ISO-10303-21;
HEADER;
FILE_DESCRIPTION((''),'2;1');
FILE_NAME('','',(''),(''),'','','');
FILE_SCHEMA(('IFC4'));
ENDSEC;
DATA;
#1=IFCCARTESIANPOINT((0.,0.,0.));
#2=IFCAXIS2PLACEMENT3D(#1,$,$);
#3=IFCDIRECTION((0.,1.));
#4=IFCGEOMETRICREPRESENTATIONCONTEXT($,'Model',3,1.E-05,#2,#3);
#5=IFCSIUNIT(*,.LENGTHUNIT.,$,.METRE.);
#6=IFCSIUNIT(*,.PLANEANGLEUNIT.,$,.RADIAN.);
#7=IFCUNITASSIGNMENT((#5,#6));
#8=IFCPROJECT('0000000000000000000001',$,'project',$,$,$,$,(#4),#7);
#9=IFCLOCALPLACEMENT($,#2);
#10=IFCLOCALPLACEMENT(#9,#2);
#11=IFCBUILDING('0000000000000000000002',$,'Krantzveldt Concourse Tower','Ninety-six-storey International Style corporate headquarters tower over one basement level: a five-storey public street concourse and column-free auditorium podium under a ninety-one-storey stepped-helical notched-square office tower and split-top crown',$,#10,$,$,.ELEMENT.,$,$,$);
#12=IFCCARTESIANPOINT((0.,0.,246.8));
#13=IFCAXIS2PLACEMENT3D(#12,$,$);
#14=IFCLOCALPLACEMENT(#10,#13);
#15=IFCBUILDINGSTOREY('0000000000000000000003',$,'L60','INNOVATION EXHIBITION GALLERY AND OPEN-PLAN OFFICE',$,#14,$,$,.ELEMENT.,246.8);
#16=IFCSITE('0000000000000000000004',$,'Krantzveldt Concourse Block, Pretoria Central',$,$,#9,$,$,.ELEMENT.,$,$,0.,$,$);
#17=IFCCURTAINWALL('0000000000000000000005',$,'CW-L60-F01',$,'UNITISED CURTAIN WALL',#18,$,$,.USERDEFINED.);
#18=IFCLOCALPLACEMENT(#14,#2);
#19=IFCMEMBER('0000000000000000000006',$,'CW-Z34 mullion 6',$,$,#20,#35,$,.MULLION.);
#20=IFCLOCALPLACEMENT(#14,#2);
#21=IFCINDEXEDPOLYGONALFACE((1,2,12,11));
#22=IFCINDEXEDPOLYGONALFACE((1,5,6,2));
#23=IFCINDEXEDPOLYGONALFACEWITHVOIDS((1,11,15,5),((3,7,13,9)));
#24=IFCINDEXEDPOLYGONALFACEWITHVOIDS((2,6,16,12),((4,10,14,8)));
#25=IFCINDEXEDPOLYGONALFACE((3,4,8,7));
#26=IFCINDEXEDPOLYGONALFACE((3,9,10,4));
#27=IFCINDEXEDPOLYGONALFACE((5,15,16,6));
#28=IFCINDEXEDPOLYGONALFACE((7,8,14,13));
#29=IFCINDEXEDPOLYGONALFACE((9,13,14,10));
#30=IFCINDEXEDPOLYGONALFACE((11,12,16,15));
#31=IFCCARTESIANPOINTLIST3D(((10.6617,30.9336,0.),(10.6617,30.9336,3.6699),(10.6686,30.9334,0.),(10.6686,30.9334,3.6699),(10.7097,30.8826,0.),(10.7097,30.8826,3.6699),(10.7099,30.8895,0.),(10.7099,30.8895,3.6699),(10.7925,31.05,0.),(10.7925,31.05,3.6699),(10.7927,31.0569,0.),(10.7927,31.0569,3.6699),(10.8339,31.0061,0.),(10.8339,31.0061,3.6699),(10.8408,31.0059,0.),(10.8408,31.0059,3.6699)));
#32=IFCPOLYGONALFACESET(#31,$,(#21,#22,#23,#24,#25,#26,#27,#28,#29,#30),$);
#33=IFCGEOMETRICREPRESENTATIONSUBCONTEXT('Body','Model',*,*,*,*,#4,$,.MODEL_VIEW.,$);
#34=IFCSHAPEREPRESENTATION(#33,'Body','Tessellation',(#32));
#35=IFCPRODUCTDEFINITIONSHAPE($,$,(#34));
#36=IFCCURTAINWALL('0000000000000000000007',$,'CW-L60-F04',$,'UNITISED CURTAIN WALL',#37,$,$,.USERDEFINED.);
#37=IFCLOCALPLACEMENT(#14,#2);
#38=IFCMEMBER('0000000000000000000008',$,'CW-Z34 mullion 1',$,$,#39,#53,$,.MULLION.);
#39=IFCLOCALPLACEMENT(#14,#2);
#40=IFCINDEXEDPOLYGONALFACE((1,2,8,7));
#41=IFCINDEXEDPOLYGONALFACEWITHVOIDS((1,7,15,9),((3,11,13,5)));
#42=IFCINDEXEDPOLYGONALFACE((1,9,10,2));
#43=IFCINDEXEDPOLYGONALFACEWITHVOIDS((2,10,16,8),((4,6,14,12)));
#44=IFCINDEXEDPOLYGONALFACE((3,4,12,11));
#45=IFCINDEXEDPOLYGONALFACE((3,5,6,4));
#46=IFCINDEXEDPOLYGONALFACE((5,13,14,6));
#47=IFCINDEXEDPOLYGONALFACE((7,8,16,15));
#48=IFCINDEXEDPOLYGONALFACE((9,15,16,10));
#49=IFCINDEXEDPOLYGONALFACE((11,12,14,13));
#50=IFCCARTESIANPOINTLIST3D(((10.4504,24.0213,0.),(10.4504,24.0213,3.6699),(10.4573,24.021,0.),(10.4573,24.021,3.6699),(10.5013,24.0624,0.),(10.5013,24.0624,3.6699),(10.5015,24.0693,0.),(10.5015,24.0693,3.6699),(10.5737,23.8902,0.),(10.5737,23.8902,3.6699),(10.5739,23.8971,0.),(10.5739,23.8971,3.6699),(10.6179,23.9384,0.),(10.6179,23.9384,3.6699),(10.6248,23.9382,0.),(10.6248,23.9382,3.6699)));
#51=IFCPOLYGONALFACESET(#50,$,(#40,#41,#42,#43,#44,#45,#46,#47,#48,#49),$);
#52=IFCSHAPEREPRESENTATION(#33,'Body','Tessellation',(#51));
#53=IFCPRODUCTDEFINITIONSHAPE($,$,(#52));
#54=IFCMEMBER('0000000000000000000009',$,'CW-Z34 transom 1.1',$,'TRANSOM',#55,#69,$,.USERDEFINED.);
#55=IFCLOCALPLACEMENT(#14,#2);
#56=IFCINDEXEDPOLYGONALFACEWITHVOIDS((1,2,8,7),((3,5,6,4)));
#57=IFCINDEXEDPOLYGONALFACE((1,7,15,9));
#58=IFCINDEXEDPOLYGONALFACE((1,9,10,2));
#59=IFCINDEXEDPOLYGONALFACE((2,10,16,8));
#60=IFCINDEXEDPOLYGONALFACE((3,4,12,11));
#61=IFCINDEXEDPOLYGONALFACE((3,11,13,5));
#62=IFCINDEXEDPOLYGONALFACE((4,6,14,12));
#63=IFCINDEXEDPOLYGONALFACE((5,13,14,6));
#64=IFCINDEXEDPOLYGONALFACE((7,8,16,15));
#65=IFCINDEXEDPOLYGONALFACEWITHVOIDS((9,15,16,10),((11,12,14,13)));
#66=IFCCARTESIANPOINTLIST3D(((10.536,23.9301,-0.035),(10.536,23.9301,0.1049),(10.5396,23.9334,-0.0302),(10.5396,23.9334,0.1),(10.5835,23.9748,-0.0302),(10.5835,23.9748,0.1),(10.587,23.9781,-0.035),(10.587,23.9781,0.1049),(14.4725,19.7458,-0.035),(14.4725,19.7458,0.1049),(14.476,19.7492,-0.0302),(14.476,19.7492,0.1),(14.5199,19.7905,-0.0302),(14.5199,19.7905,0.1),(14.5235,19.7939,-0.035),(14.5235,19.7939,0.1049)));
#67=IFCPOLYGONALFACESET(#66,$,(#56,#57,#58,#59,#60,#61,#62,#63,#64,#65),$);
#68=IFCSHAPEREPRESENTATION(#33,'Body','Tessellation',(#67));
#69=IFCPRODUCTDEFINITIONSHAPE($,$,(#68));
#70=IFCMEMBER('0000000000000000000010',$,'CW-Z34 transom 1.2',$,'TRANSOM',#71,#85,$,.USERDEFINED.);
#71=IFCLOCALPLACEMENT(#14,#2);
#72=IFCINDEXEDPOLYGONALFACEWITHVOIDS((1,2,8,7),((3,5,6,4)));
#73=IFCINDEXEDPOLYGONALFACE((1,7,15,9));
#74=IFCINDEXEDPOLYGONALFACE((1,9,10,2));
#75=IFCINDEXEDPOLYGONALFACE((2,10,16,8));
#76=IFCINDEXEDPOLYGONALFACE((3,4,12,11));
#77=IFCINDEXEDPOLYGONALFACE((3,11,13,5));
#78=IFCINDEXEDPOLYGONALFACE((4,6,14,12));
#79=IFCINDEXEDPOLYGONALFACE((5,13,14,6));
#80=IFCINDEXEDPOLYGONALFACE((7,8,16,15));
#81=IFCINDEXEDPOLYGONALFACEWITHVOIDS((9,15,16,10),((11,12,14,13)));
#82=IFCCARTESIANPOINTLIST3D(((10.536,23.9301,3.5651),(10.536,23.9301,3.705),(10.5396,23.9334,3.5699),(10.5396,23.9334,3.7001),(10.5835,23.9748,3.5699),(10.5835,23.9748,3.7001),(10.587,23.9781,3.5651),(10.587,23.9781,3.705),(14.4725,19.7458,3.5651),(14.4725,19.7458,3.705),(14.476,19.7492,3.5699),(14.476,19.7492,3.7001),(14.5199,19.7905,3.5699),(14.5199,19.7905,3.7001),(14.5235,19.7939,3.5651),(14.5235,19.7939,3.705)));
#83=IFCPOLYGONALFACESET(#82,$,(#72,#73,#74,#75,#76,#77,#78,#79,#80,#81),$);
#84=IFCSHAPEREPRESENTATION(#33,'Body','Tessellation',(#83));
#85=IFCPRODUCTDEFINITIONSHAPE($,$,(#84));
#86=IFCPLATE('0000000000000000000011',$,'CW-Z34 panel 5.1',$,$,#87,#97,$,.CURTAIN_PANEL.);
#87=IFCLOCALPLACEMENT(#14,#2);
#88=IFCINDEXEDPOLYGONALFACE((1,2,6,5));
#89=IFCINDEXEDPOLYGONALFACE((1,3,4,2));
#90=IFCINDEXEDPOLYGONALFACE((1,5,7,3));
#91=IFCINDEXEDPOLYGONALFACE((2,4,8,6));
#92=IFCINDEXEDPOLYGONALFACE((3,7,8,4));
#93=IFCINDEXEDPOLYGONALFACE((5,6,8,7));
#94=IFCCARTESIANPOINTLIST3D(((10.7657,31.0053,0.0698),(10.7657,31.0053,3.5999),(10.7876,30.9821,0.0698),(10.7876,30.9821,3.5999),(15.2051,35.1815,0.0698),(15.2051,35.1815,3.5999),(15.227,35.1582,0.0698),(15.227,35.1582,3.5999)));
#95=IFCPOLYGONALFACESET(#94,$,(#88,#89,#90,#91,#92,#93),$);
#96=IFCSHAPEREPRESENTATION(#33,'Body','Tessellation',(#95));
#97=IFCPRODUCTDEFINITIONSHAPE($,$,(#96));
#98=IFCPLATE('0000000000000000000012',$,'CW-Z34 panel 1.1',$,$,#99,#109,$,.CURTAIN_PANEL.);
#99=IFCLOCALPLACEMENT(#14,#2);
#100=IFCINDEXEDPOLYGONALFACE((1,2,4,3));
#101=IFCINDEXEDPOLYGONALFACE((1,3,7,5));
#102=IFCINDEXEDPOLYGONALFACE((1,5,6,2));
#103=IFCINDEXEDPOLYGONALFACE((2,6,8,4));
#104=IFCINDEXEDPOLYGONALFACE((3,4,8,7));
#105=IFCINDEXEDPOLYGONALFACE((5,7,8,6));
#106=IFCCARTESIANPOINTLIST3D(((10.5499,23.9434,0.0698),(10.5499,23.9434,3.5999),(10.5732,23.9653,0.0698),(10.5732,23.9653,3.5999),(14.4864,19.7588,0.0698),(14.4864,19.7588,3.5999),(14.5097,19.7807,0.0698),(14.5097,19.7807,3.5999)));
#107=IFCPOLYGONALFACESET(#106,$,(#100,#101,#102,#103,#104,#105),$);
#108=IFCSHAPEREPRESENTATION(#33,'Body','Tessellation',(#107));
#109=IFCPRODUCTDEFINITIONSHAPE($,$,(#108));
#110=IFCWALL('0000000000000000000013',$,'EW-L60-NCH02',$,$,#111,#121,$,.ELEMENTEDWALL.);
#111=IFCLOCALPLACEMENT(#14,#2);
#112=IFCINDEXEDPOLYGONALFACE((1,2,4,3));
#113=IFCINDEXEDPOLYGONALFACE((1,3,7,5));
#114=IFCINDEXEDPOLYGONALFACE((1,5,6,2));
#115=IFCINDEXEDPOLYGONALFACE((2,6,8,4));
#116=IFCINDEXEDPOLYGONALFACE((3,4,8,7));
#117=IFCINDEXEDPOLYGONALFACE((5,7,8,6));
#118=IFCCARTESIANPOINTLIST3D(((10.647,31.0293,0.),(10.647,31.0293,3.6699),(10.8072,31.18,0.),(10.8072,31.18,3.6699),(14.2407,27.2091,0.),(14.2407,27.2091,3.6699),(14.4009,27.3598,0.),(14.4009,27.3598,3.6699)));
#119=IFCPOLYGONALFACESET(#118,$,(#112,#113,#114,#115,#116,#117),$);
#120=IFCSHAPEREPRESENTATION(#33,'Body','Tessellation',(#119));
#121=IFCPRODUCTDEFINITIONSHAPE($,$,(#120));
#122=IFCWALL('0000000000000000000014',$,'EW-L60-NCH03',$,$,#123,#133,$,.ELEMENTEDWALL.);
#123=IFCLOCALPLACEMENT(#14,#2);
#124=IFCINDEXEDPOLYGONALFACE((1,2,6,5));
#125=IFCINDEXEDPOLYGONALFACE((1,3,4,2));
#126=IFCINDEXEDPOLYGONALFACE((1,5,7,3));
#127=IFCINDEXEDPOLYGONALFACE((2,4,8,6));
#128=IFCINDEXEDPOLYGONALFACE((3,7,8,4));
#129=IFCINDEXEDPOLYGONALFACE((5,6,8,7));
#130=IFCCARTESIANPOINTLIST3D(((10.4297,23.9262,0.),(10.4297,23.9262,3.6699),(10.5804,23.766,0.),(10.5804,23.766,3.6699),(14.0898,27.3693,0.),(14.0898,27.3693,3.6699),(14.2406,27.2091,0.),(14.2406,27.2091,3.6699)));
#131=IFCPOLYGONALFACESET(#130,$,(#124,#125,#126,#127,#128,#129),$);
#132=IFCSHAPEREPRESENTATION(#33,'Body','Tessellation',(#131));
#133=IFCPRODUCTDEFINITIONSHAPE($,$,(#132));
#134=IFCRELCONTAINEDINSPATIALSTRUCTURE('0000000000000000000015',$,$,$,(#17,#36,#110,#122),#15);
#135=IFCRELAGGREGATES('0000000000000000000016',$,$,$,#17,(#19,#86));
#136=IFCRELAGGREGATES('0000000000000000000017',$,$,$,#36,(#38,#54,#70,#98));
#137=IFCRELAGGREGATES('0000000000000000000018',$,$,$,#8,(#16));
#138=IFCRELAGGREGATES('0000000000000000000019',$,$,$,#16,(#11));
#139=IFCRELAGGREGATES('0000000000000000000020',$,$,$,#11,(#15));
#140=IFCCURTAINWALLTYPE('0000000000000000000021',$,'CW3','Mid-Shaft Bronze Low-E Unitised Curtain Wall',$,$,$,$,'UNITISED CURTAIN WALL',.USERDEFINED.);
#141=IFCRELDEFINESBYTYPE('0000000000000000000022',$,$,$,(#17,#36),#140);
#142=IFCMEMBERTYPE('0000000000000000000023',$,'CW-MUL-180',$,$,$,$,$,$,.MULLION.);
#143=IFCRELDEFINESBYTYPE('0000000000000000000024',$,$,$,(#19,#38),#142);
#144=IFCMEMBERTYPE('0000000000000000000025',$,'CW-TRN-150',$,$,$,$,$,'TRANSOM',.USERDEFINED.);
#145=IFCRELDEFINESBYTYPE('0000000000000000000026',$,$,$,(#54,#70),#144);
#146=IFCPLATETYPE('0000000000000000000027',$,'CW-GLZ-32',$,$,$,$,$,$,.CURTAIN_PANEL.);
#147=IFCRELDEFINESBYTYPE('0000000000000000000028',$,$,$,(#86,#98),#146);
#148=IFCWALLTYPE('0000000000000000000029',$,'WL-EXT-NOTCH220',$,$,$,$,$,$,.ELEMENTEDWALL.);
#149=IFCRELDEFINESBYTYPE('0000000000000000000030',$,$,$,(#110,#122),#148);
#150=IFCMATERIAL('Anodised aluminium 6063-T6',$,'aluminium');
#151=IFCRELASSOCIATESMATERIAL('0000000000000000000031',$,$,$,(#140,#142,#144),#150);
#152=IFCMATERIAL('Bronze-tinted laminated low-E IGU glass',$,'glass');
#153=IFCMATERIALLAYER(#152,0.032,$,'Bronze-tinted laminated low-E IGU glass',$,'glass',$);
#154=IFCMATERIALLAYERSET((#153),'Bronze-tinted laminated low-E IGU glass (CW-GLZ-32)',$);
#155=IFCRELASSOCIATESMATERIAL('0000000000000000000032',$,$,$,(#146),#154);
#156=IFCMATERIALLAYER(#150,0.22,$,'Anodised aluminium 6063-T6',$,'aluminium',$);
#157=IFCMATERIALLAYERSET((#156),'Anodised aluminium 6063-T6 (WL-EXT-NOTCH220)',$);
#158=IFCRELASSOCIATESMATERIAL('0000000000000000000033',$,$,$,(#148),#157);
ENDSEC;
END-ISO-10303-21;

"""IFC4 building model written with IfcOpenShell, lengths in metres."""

from ifc_helpers import new_model, si_unit, direction, frame, frame_2d, origin, origin_2d, place, context, subcontext, project, spatial, rectangle, hollow_rectangle, extrude, source, transform, mapped, material, layer, layer_set, material_profile, profile_set, type_object, type_shapes, element, aggregate, save


model = new_model("IFC4")

# Units and contexts
model_context = context("Model", 3, precision=1e-05, world=origin(), true_north=direction((0.0, 1.0)))
body_context = subcontext(model_context, "Body", "Model", "MODEL_VIEW")
ifc_project = project(units=[si_unit("LENGTHUNIT", "METRE"), si_unit("PLANEANGLEUNIT", "RADIAN")], contexts=[model_context])

# Site, building, storey
site_placement = place(None, origin())
site = spatial("IfcSite", under=ifc_project, at=site_placement, Name="Krantzveldt Concourse Block, Pretoria Central", CompositionType="ELEMENT", RefElevation=0.0)
building_placement = place(site_placement, origin())
building = spatial("IfcBuilding", under=site, at=building_placement, Name="Krantzveldt Concourse Tower", Description="Ninety-six-storey International Style corporate headquarters tower over one basement level: a five-storey public street concourse and column-free auditorium podium under a ninety-one-storey stepped-helical notched-square office tower and split-top crown", CompositionType="ELEMENT")
storey_placement = place(building_placement, frame((0.0, 0.0, 246.8)))
storey = spatial("IfcBuildingStorey", under=building, at=storey_placement, Name="L60", Description="INNOVATION EXHIBITION GALLERY AND OPEN-PLAN OFFICE", CompositionType="ELEMENT", Elevation=246.8)

# Curtain wall, member
ifc_material_1 = material(Name="Anodised aluminium 6063-T6", Category="aluminium")
curtain_wall_type = type_object("IfcCurtainWallType", Name="CW3", Description="Mid-Shaft Bronze Low-E Unitised Curtain Wall", ElementType="UNITISED CURTAIN WALL", PredefinedType="USERDEFINED", material=ifc_material_1)
curtain_wall_1_placement = place(storey_placement, origin())
curtain_wall_1 = element("IfcCurtainWall", 1, at=curtain_wall_1_placement, inside=storey, type_object=curtain_wall_type, Name="CW-L60-F01", ObjectType="UNITISED CURTAIN WALL", PredefinedType="USERDEFINED")
ifc_material_profile_1 = material_profile(ifc_material_1, hollow_rectangle(XDim=0.0701, YDim=0.1799, WallThickness=0.0049, at=origin_2d()), Name="Anodised aluminium 6063-T6", Category="aluminium")
ifc_profile_set_1 = profile_set([ifc_material_profile_1], Name="Anodised aluminium 6063-T6 - ALU-MULL 180x70x5")
member_type_1 = type_object("IfcMemberType", Name="CW-MUL-180", PredefinedType="MULLION", material=ifc_profile_set_1)
shared_shape_1 = source(origin(), body_context, "Body", "SweptSolid", [
    extrude(hollow_rectangle(XDim=0.0701, YDim=0.1799, WallThickness=0.0049, at=origin_2d()), origin(), (0.0, 0.0, 1.0), 3.6699),
])
type_shapes(member_type_1, [shared_shape_1])
member_1_placement = place(storey_placement, frame((10.7512, 30.9697, 0.0), z_axis=(0.0, 0.0, 1.0), x_axis=(0.685183, -0.728371, 0.0)))
member_1 = element("IfcMember", 2, at=member_1_placement, type_object=member_type_1, Name="CW-Z34 mullion 6", PredefinedType="MULLION", context=body_context, shape_type="MappedRepresentation", body=[
    mapped(shared_shape_1, transform((0.0, 0.0, 0.0), x_axis=(1.0, 0.0, 0.0), y_axis=(0.0, 1.0, 0.0), z_axis=(0.0, 0.0, 1.0), scale=1.0)),
])

# Curtain wall, members
curtain_wall_2_placement = place(storey_placement, origin())
curtain_wall_2 = element("IfcCurtainWall", 3, at=curtain_wall_2_placement, inside=storey, type_object=curtain_wall_type, Name="CW-L60-F04", ObjectType="UNITISED CURTAIN WALL", PredefinedType="USERDEFINED")
member_2_placement = place(storey_placement, frame((10.5376, 23.9797, 0.0), z_axis=(0.0, 0.0, 1.0), x_axis=(0.728371, 0.685183, 0.0)))
member_2 = element("IfcMember", 4, at=member_2_placement, type_object=member_type_1, Name="CW-Z34 mullion 1", PredefinedType="MULLION", context=body_context, shape_type="MappedRepresentation", body=[
    mapped(shared_shape_1, transform((0.0, 0.0, 0.0), x_axis=(1.0, 0.0, 0.0), y_axis=(0.0, 1.0, 0.0), z_axis=(0.0, 0.0, 1.0), scale=1.0)),
])
ifc_material_profile_2 = material_profile(ifc_material_1, hollow_rectangle(XDim=0.0701, YDim=0.1399, WallThickness=0.0049, at=origin_2d()), Name="Anodised aluminium 6063-T6", Category="aluminium")
ifc_profile_set_2 = profile_set([ifc_material_profile_2], Name="Anodised aluminium 6063-T6 - ALU-TRAN 140x70x5")
member_type_2 = type_object("IfcMemberType", Name="CW-TRN-150", ElementType="TRANSOM", PredefinedType="USERDEFINED", material=ifc_profile_set_2)
shared_shape_2 = source(origin(), body_context, "Body", "SweptSolid", [
    extrude(hollow_rectangle(XDim=0.0701, YDim=0.1399, WallThickness=0.0049, at=origin_2d()), origin(), (0.0, 0.0, 1.0), 5.7449),
])
type_shapes(member_type_2, [shared_shape_2])
member_3_placement = place(storey_placement, frame((10.5615, 23.9541, 0.0349), z_axis=(0.685211, -0.728345, 0.0), x_axis=(0.728345, 0.685211, 0.0)))
member_3 = element("IfcMember", 5, at=member_3_placement, type_object=member_type_2, Name="CW-Z34 transom 1.1", ObjectType="TRANSOM", PredefinedType="USERDEFINED", context=body_context, shape_type="MappedRepresentation", body=[
    mapped(shared_shape_2, transform((0.0, 0.0, 0.0), x_axis=(1.0, 0.0, 0.0), y_axis=(0.0, 1.0, 0.0), z_axis=(0.0, 0.0, 1.0), scale=1.0)),
])
member_4_placement = place(storey_placement, frame((10.5615, 23.9541, 3.635), z_axis=(0.685211, -0.728345, 0.0), x_axis=(0.728345, 0.685211, 0.0)))
member_4 = element("IfcMember", 6, at=member_4_placement, type_object=member_type_2, Name="CW-Z34 transom 1.2", ObjectType="TRANSOM", PredefinedType="USERDEFINED", context=body_context, shape_type="MappedRepresentation", body=[
    mapped(shared_shape_2, transform((0.0, 0.0, 0.0), x_axis=(1.0, 0.0, 0.0), y_axis=(0.0, 1.0, 0.0), z_axis=(0.0, 0.0, 1.0), scale=1.0)),
])

# Plates
ifc_material_2 = material(Name="Bronze-tinted laminated low-E IGU glass", Category="glass")
ifc_layer_1 = layer(ifc_material_2, 0.032, Name="Bronze-tinted laminated low-E IGU glass", Category="glass")
ifc_layer_set_1 = layer_set([ifc_layer_1], Name="Bronze-tinted laminated low-E IGU glass (CW-GLZ-32)")
plate_type = type_object("IfcPlateType", Name="CW-GLZ-32", PredefinedType="CURTAIN_PANEL", material=ifc_layer_set_1)
shared_shape_3 = source(origin(), body_context, "Body", "SweptSolid", [
    extrude(rectangle(XDim=6.095, YDim=0.032, at=origin_2d()), origin(), (0.0, 0.0, 1.0), 3.53),
])
plate_1_placement = place(storey_placement, frame((12.9963, 33.0818, 0.0698), z_axis=(0.0, 0.0, 1.0), x_axis=(-0.728371, -0.685183, 0.0)))
plate_1 = element("IfcPlate", 7, at=plate_1_placement, type_object=plate_type, Name="CW-Z34 panel 5.1", PredefinedType="CURTAIN_PANEL", context=body_context, shape_type="MappedRepresentation", body=[
    mapped(shared_shape_3, transform((0.0, 0.0, 0.0), x_axis=(1.0, 0.0, 0.0), y_axis=(0.0, 1.0, 0.0), z_axis=(0.0, 0.0, 1.0), scale=1.0)),
])
aggregate(curtain_wall_1, [member_1, plate_1])
shared_shape_4 = source(origin(), body_context, "Body", "SweptSolid", [
    extrude(rectangle(XDim=5.7451, YDim=0.032, at=origin_2d()), origin(), (0.0, 0.0, 1.0), 3.53),
])
type_shapes(plate_type, [shared_shape_3, shared_shape_4])
plate_2_placement = place(storey_placement, frame((12.5298, 21.8621, 0.0698), z_axis=(0.0, 0.0, 1.0), x_axis=(0.685183, -0.728371, 0.0)))
plate_2 = element("IfcPlate", 8, at=plate_2_placement, type_object=plate_type, Name="CW-Z34 panel 1.1", PredefinedType="CURTAIN_PANEL", context=body_context, shape_type="MappedRepresentation", body=[
    mapped(shared_shape_4, transform((0.0, 0.0, 0.0), x_axis=(1.0, 0.0, 0.0), y_axis=(0.0, 1.0, 0.0), z_axis=(0.0, 0.0, 1.0), scale=1.0)),
])
aggregate(curtain_wall_2, [member_2, member_3, member_4, plate_2])

# Walls
ifc_layer_2 = layer(ifc_material_1, 0.22, Name="Anodised aluminium 6063-T6", Category="aluminium")
ifc_layer_set_2 = layer_set([ifc_layer_2], Name="Anodised aluminium 6063-T6 (WL-EXT-NOTCH220)")
wall_type_1 = type_object("IfcWallType", Name="WL-EXT-NOTCH220", PredefinedType="ELEMENTEDWALL", material=ifc_layer_set_2)
wall_1_placement = place(storey_placement, frame((10.7271, 31.1047, 0.0), z_axis=(0.0, 0.0, 1.0), x_axis=(0.685179, -0.728375, 0.0)))
element("IfcWall", 9, at=wall_1_placement, inside=storey, type_object=wall_type_1, Name="EW-L60-NCH02", PredefinedType="ELEMENTEDWALL", context=body_context, shape_type="SweptSolid", body=[
    extrude(rectangle(XDim=5.2449, YDim=0.22, at=frame_2d((2.6226, 0.0))), origin(), (0.0, 0.0, 1.0), 3.6699),
])
wall_2_placement = place(storey_placement, frame((14.1653, 27.2893, 0.0), z_axis=(0.0, 0.0, 1.0), x_axis=(-0.728373, -0.685181, 0.0)))
element("IfcWall", 10, at=wall_2_placement, inside=storey, type_object=wall_type_1, Name="EW-L60-NCH03", PredefinedType="ELEMENTEDWALL", context=body_context, shape_type="SweptSolid", body=[
    extrude(rectangle(XDim=5.0251, YDim=0.22, at=frame_2d((2.5127, 0.0))), origin(), (0.0, 0.0, 1.0), 3.6699),
])

save(model, "model.ifc")
